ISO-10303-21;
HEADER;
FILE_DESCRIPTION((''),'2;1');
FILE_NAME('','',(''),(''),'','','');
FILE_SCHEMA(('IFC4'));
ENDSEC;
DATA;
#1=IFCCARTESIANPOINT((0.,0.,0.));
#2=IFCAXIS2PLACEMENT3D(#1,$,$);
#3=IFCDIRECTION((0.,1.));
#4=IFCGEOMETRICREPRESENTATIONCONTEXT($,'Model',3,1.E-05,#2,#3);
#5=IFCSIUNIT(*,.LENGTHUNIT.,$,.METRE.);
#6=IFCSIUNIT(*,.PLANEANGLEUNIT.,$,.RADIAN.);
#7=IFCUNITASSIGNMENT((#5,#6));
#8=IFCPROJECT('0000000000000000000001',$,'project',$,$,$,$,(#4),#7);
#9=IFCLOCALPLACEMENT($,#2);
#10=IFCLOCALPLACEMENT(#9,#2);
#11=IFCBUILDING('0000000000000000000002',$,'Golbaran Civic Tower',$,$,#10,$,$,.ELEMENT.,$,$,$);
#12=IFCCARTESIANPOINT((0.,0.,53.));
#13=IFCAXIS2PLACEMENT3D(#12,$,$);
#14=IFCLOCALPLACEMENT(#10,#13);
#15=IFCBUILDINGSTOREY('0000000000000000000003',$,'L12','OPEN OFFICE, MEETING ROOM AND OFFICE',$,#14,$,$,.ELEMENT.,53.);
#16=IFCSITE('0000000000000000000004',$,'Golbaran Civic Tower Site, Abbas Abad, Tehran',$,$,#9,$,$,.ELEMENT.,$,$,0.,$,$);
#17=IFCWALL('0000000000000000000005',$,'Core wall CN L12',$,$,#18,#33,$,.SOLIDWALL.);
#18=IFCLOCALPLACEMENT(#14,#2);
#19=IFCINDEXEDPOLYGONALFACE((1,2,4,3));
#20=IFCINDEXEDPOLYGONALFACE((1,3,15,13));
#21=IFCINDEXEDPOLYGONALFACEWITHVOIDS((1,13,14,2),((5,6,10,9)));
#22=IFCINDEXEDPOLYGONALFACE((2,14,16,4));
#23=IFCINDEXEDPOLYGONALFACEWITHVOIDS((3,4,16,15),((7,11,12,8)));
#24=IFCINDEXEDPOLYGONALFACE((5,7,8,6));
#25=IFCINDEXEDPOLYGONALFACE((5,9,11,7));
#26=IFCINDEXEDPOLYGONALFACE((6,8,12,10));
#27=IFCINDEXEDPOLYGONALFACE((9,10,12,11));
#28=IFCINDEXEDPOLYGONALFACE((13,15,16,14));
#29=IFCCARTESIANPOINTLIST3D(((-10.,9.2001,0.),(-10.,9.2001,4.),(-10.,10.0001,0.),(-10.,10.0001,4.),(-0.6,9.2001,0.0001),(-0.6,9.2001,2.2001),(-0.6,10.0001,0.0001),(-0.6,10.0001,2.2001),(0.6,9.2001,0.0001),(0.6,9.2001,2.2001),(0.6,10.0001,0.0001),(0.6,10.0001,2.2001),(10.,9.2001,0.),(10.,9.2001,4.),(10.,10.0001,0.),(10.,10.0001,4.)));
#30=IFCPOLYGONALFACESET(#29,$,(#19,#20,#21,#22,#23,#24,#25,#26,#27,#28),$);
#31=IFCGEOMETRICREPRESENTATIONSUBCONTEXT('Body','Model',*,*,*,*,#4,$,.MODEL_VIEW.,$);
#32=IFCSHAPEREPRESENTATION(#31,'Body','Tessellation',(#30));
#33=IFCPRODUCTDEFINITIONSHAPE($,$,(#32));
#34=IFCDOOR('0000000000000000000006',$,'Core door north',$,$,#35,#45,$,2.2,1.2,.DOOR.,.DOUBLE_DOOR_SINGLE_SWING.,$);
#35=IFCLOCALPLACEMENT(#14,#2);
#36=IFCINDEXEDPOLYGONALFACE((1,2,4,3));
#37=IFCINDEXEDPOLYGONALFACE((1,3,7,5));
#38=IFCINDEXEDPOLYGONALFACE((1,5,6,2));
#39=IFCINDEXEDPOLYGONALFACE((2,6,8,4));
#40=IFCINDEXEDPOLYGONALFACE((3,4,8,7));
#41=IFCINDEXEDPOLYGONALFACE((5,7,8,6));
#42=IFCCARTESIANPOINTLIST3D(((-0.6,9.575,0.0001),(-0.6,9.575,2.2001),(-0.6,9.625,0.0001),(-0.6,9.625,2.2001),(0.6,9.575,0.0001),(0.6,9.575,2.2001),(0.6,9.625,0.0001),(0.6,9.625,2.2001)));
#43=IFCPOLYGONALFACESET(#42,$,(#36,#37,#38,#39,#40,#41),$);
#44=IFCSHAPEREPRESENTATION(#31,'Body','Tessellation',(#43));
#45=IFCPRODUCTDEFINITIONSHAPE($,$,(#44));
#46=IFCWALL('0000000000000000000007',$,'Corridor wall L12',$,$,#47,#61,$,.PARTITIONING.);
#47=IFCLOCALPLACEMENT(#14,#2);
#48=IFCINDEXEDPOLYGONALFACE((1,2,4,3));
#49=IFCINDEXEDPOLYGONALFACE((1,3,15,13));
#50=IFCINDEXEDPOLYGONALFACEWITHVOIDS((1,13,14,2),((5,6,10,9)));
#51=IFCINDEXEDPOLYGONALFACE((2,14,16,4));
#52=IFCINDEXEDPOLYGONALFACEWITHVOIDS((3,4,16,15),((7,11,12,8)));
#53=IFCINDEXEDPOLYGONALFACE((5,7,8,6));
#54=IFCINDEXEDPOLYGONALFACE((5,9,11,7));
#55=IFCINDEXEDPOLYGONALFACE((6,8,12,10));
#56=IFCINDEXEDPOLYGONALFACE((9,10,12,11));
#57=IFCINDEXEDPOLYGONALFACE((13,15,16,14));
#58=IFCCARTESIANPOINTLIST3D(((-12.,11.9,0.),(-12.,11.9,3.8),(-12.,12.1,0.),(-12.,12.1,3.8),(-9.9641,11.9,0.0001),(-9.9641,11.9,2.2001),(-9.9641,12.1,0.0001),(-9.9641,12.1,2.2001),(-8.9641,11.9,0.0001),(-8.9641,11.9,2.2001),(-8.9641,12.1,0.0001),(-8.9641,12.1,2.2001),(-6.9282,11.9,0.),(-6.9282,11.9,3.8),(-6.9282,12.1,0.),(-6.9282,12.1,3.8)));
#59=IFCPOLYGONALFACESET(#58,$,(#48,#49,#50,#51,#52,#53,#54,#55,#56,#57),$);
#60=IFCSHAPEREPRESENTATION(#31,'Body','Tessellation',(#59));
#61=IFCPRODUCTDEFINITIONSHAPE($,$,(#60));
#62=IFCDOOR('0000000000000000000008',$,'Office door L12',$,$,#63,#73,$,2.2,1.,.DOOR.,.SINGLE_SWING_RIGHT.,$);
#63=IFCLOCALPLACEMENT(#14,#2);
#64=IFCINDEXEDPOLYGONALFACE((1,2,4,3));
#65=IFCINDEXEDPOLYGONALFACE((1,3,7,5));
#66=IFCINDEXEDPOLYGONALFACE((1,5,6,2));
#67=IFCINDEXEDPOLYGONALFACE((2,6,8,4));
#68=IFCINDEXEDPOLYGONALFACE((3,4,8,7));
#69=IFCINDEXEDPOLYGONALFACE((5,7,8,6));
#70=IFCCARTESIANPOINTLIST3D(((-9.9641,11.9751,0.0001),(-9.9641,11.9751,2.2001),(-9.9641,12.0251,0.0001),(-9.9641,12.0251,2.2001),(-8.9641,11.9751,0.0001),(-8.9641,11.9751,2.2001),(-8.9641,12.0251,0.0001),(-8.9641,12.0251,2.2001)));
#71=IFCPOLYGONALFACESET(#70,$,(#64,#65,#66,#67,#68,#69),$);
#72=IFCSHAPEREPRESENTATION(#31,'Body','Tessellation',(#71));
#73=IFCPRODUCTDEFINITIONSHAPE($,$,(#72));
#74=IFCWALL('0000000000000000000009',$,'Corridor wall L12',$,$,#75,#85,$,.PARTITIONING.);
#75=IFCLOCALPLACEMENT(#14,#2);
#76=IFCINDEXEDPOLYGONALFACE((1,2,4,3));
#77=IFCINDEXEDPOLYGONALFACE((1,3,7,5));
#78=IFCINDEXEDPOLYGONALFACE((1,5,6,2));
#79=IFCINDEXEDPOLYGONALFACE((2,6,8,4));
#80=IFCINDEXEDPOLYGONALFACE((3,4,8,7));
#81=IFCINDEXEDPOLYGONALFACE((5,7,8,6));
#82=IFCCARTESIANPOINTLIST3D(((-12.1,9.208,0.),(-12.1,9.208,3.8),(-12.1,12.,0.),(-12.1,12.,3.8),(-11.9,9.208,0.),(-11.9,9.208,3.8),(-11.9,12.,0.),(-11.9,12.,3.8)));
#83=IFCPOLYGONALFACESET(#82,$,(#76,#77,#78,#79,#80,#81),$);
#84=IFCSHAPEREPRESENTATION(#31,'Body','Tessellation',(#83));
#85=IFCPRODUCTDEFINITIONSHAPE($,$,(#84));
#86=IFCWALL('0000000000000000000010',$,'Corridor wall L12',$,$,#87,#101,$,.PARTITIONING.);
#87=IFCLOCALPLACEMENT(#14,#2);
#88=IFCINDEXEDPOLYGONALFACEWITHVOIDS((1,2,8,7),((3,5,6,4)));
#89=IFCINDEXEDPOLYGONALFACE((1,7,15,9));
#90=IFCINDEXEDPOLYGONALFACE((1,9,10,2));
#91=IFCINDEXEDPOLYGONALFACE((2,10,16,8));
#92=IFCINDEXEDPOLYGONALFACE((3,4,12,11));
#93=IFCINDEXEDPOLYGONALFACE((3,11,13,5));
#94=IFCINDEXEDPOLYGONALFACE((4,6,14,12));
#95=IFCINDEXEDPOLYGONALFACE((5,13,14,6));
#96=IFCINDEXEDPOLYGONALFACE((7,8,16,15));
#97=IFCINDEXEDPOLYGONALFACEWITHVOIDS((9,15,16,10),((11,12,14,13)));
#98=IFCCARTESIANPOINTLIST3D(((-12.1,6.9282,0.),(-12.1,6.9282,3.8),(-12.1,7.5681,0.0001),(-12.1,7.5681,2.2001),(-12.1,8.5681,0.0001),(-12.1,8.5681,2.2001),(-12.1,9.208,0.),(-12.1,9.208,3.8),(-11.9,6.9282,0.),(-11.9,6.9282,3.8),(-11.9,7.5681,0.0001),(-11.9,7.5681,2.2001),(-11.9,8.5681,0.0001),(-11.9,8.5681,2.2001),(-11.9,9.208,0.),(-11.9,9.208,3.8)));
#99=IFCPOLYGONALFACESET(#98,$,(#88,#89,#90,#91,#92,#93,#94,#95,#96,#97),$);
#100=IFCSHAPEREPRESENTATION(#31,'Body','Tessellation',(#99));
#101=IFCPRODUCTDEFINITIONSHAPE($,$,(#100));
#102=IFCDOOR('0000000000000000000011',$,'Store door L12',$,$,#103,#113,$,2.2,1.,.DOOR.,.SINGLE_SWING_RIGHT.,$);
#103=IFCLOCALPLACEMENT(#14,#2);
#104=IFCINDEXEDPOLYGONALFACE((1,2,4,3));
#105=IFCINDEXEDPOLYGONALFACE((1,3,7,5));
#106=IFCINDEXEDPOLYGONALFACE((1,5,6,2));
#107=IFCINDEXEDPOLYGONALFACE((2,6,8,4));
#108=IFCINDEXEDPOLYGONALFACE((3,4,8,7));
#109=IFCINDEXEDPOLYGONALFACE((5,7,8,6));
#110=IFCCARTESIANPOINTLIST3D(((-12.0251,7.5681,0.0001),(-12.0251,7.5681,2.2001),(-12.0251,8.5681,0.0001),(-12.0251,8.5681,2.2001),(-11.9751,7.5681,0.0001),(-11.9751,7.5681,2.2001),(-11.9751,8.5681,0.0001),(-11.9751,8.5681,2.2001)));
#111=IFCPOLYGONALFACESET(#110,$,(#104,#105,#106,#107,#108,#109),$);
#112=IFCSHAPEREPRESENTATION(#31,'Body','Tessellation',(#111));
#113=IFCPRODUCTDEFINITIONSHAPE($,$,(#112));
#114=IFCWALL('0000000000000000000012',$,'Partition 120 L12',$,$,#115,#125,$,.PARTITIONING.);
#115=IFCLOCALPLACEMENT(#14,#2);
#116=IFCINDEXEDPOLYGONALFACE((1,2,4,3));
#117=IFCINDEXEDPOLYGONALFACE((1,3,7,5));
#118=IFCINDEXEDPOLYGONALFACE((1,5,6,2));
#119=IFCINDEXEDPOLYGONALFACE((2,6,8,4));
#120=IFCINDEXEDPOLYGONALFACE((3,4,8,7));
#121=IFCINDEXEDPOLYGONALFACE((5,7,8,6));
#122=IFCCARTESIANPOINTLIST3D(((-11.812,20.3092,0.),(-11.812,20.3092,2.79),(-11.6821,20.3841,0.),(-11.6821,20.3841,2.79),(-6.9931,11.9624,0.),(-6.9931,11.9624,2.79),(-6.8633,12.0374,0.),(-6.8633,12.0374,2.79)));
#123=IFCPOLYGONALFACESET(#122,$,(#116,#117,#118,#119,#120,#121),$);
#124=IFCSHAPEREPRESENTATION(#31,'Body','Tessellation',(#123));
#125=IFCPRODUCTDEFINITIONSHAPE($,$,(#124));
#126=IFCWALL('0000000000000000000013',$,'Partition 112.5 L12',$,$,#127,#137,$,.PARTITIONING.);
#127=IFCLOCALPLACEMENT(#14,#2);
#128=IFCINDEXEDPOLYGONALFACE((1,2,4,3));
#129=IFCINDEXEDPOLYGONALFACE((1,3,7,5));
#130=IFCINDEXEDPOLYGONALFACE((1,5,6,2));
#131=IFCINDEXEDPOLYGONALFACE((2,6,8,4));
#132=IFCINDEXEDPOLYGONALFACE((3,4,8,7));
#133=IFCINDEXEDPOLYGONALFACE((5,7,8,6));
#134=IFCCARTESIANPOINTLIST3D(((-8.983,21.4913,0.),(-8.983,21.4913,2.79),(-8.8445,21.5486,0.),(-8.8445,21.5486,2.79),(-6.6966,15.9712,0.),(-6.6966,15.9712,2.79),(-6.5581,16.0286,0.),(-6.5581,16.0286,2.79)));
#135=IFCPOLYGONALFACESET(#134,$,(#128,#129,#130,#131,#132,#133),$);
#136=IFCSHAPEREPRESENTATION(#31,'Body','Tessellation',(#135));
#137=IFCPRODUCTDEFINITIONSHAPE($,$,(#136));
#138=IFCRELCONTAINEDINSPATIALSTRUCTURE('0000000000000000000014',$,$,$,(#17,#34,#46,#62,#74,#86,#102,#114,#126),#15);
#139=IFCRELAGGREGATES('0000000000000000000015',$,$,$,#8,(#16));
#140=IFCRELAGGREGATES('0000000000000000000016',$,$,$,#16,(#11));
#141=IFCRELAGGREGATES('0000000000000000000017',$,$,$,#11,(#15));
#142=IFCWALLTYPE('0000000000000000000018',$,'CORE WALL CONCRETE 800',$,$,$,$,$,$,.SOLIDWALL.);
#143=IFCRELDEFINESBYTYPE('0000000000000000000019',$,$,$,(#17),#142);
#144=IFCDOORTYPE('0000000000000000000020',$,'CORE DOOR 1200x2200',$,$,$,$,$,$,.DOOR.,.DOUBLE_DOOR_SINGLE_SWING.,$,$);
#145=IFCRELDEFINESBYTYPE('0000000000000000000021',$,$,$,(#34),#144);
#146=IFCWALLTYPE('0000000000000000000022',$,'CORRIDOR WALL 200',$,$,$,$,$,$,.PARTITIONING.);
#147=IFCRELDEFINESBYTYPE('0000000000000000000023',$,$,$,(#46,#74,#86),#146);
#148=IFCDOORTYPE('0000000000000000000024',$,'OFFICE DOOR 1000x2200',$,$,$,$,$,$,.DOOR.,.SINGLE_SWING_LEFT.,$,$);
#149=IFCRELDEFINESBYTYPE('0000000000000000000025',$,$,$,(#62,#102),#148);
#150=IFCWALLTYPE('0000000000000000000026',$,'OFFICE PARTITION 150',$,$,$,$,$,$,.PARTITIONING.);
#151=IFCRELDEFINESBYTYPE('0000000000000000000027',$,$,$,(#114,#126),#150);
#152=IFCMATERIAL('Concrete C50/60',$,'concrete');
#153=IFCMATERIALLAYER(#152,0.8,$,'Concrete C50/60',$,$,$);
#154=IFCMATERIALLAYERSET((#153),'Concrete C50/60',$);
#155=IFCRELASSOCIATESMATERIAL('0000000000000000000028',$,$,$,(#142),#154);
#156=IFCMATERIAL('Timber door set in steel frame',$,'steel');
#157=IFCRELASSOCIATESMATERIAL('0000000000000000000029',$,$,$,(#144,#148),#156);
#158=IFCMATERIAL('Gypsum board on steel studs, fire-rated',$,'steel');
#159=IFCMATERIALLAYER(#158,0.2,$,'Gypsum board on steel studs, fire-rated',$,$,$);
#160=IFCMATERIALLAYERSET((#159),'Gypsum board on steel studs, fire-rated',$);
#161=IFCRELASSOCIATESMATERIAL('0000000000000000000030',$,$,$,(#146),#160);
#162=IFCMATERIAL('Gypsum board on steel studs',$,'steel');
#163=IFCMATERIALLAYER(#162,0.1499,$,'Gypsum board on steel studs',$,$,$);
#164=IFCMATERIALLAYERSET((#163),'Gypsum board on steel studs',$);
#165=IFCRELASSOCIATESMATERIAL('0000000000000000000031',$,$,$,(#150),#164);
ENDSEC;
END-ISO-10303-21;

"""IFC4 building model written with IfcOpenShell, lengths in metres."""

from ifc_helpers import new_model, si_unit, direction, frame, frame_2d, origin, place, context, subcontext, project, spatial, rectangle, extrude, material, layer, layer_set, type_object, element, fill, save


model = new_model("IFC4")

# Units and contexts
model_context = context("Model", 3, precision=1e-05, world=origin(), true_north=direction((0.0, 1.0)))
body_context = subcontext(model_context, "Body", "Model", "MODEL_VIEW")
ifc_project = project(units=[si_unit("LENGTHUNIT", "METRE"), si_unit("PLANEANGLEUNIT", "RADIAN")], contexts=[model_context])

# Site, building, storey
site_placement = place(None, origin())
site = spatial("IfcSite", under=ifc_project, at=site_placement, Name="Golbaran Civic Tower Site, Abbas Abad, Tehran", CompositionType="ELEMENT", RefElevation=0.0)
building_placement = place(site_placement, origin())
building = spatial("IfcBuilding", under=site, at=building_placement, Name="Golbaran Civic Tower", CompositionType="ELEMENT")
storey_placement = place(building_placement, frame((0.0, 0.0, 53.0)))
storey = spatial("IfcBuildingStorey", under=building, at=storey_placement, Name="L12", Description="OPEN OFFICE, MEETING ROOM AND OFFICE", CompositionType="ELEMENT", Elevation=53.0)

# Walls, openings, doors
ifc_material_1 = material(Name="Concrete C50/60", Category="concrete")
ifc_layer_1 = layer(ifc_material_1, 0.8, Name="Concrete C50/60")
ifc_layer_set_1 = layer_set([ifc_layer_1], Name="Concrete C50/60")
wall_type_1 = type_object("IfcWallType", Name="CORE WALL CONCRETE 800", PredefinedType="SOLIDWALL", material=ifc_layer_set_1)
wall_1_placement = place(storey_placement, frame((-10.0, 9.6001, 0.0), z_axis=(0.0, 0.0, 1.0), x_axis=(1.0, 0.0, 0.0)))
wall_1 = element("IfcWall", 1, at=wall_1_placement, inside=storey, type_object=wall_type_1, Name="Core wall CN L12", PredefinedType="SOLIDWALL", context=body_context, shape_type="SweptSolid", body=[
    extrude(rectangle(XDim=20.0, YDim=0.8, at=frame_2d((10.0, 0.0))), origin(), (0.0, 0.0, 1.0), 4.0),
])
opening_1_placement = place(wall_1_placement, frame((9.3999, 0.0, 0.0)))
opening_1 = element("IfcOpeningElement", 2, at=opening_1_placement, cuts=wall_1, PredefinedType="OPENING", context=body_context, shape_type="SweptSolid", body=[
    extrude(rectangle(XDim=1.2, YDim=2.2, at=frame_2d((0.6001, 1.1001))), frame((0.0, 0.4099, 0.0), z_axis=(0.0, -1.0, 0.0), x_axis=(1.0, 0.0, 0.0)), (0.0, 0.0, 1.0), 0.8201),
])
ifc_material_2 = material(Name="Timber door set in steel frame", Category="steel")
door_type_1 = type_object("IfcDoorType", Name="CORE DOOR 1200x2200", OperationType="DOUBLE_DOOR_SINGLE_SWING", PredefinedType="DOOR", material=ifc_material_2)
door_1_placement = place(opening_1_placement, origin())
door_1 = element("IfcDoor", 3, at=door_1_placement, inside=storey, type_object=door_type_1, Name="Core door north", OperationType="DOUBLE_DOOR_SINGLE_SWING", OverallHeight=2.2, OverallWidth=1.2, PredefinedType="DOOR", context=body_context, shape_type="SweptSolid", body=[
    extrude(rectangle(XDim=1.2, YDim=2.2, at=frame_2d((0.6001, 1.1001))), frame((0.0, 0.0249, 0.0), z_axis=(0.0, -1.0, 0.0), x_axis=(1.0, 0.0, 0.0)), (0.0, 0.0, 1.0), 0.05),
])
fill(opening_1, door_1)
ifc_material_3 = material(Name="Gypsum board on steel studs, fire-rated", Category="steel")
ifc_layer_2 = layer(ifc_material_3, 0.2, Name="Gypsum board on steel studs, fire-rated")
ifc_layer_set_2 = layer_set([ifc_layer_2], Name="Gypsum board on steel studs, fire-rated")
wall_type_2 = type_object("IfcWallType", Name="CORRIDOR WALL 200", PredefinedType="PARTITIONING", material=ifc_layer_set_2)
wall_2_placement = place(storey_placement, frame((-6.9282, 12.0, 0.0), z_axis=(0.0, 0.0, 1.0), x_axis=(-1.0, 0.0, 0.0)))
wall_2 = element("IfcWall", 4, at=wall_2_placement, inside=storey, type_object=wall_type_2, Name="Corridor wall L12", PredefinedType="PARTITIONING", context=body_context, shape_type="SweptSolid", body=[
    extrude(rectangle(XDim=5.0718, YDim=0.2, at=frame_2d((2.5359, 0.0))), origin(), (0.0, 0.0, 1.0), 3.8),
])
opening_2_placement = place(wall_2_placement, frame((2.0359, 0.0, 0.0)))
opening_2 = element("IfcOpeningElement", 5, at=opening_2_placement, cuts=wall_2, PredefinedType="OPENING", context=body_context, shape_type="SweptSolid", body=[
    extrude(rectangle(XDim=1.0, YDim=2.2, at=frame_2d((0.5, 1.1001))), frame((0.0, 0.1099, 0.0), z_axis=(0.0, -1.0, 0.0), x_axis=(1.0, 0.0, 0.0)), (0.0, 0.0, 1.0), 0.22),
])
door_type_2 = type_object("IfcDoorType", Name="OFFICE DOOR 1000x2200", OperationType="SINGLE_SWING_LEFT", PredefinedType="DOOR", material=ifc_material_2)
door_2_placement = place(opening_2_placement, origin())
door_2 = element("IfcDoor", 6, at=door_2_placement, inside=storey, type_object=door_type_2, Name="Office door L12", OperationType="SINGLE_SWING_RIGHT", OverallHeight=2.2, OverallWidth=1.0, PredefinedType="DOOR", context=body_context, shape_type="SweptSolid", body=[
    extrude(rectangle(XDim=1.0, YDim=2.2, at=frame_2d((0.5, 1.1001))), frame((0.0, 0.0249, 0.0), z_axis=(0.0, -1.0, 0.0), x_axis=(1.0, 0.0, 0.0)), (0.0, 0.0, 1.0), 0.05),
])
fill(opening_2, door_2)

# Wall
wall_3_placement = place(storey_placement, frame((-12.0, 12.0, 0.0), z_axis=(0.0, 0.0, 1.0), x_axis=(0.0, -1.0, 0.0)))
element("IfcWall", 7, at=wall_3_placement, inside=storey, type_object=wall_type_2, Name="Corridor wall L12", PredefinedType="PARTITIONING", context=body_context, shape_type="SweptSolid", body=[
    extrude(rectangle(XDim=2.792, YDim=0.2, at=frame_2d((1.396, 0.0))), origin(), (0.0, 0.0, 1.0), 3.8),
])

# Wall, opening, door
wall_4_placement = place(storey_placement, frame((-12.0, 9.208, 0.0), z_axis=(0.0, 0.0, 1.0), x_axis=(0.0, -1.0, 0.0)))
wall_4 = element("IfcWall", 8, at=wall_4_placement, inside=storey, type_object=wall_type_2, Name="Corridor wall L12", PredefinedType="PARTITIONING", context=body_context, shape_type="SweptSolid", body=[
    extrude(rectangle(XDim=2.2798, YDim=0.2, at=frame_2d((1.1399, 0.0))), origin(), (0.0, 0.0, 1.0), 3.8),
])
opening_3_placement = place(wall_4_placement, frame((0.6399, 0.0, 0.0)))
opening_3 = element("IfcOpeningElement", 9, at=opening_3_placement, cuts=wall_4, PredefinedType="OPENING", context=body_context, shape_type="SweptSolid", body=[
    extrude(rectangle(XDim=1.0, YDim=2.2, at=frame_2d((0.5, 1.1001))), frame((0.0, 0.1099, 0.0), z_axis=(0.0, -1.0, 0.0), x_axis=(1.0, 0.0, 0.0)), (0.0, 0.0, 1.0), 0.22),
])
door_3_placement = place(opening_3_placement, origin())
door_3 = element("IfcDoor", 10, at=door_3_placement, inside=storey, type_object=door_type_2, Name="Store door L12", OperationType="SINGLE_SWING_RIGHT", OverallHeight=2.2, OverallWidth=1.0, PredefinedType="DOOR", context=body_context, shape_type="SweptSolid", body=[
    extrude(rectangle(XDim=1.0, YDim=2.2, at=frame_2d((0.5, 1.1001))), frame((0.0, 0.0249, 0.0), z_axis=(0.0, -1.0, 0.0), x_axis=(1.0, 0.0, 0.0)), (0.0, 0.0, 1.0), 0.05),
])
fill(opening_3, door_3)

# Walls
ifc_material_4 = material(Name="Gypsum board on steel studs", Category="steel")
ifc_layer_3 = layer(ifc_material_4, 0.1499, Name="Gypsum board on steel studs")
ifc_layer_set_3 = layer_set([ifc_layer_3], Name="Gypsum board on steel studs")
wall_type_3 = type_object("IfcWallType", Name="OFFICE PARTITION 150", PredefinedType="PARTITIONING", material=ifc_layer_set_3)
wall_5_placement = place(storey_placement, frame((-6.9282, 12.0, 0.0), z_axis=(0.0, 0.0, 1.0), x_axis=(-0.499991, 0.86603, 0.0)))
element("IfcWall", 11, at=wall_5_placement, inside=storey, type_object=wall_type_3, Name="Partition 120 L12", PredefinedType="PARTITIONING", context=body_context, shape_type="SweptSolid", body=[
    extrude(rectangle(XDim=9.6379, YDim=0.1499, at=frame_2d((4.8188, 0.0))), origin(), (0.0, 0.0, 1.0), 2.79),
])
wall_6_placement = place(storey_placement, frame((-6.6274, 16.0, 0.0), z_axis=(0.0, 0.0, 1.0), x_axis=(-0.382671, 0.923885, 0.0)))
element("IfcWall", 12, at=wall_6_placement, inside=storey, type_object=wall_type_3, Name="Partition 112.5 L12", PredefinedType="PARTITIONING", context=body_context, shape_type="SweptSolid", body=[
    extrude(rectangle(XDim=5.9749, YDim=0.1499, at=frame_2d((2.9873, 0.0))), origin(), (0.0, 0.0, 1.0), 2.79),
])

save(model, "model.ifc")
